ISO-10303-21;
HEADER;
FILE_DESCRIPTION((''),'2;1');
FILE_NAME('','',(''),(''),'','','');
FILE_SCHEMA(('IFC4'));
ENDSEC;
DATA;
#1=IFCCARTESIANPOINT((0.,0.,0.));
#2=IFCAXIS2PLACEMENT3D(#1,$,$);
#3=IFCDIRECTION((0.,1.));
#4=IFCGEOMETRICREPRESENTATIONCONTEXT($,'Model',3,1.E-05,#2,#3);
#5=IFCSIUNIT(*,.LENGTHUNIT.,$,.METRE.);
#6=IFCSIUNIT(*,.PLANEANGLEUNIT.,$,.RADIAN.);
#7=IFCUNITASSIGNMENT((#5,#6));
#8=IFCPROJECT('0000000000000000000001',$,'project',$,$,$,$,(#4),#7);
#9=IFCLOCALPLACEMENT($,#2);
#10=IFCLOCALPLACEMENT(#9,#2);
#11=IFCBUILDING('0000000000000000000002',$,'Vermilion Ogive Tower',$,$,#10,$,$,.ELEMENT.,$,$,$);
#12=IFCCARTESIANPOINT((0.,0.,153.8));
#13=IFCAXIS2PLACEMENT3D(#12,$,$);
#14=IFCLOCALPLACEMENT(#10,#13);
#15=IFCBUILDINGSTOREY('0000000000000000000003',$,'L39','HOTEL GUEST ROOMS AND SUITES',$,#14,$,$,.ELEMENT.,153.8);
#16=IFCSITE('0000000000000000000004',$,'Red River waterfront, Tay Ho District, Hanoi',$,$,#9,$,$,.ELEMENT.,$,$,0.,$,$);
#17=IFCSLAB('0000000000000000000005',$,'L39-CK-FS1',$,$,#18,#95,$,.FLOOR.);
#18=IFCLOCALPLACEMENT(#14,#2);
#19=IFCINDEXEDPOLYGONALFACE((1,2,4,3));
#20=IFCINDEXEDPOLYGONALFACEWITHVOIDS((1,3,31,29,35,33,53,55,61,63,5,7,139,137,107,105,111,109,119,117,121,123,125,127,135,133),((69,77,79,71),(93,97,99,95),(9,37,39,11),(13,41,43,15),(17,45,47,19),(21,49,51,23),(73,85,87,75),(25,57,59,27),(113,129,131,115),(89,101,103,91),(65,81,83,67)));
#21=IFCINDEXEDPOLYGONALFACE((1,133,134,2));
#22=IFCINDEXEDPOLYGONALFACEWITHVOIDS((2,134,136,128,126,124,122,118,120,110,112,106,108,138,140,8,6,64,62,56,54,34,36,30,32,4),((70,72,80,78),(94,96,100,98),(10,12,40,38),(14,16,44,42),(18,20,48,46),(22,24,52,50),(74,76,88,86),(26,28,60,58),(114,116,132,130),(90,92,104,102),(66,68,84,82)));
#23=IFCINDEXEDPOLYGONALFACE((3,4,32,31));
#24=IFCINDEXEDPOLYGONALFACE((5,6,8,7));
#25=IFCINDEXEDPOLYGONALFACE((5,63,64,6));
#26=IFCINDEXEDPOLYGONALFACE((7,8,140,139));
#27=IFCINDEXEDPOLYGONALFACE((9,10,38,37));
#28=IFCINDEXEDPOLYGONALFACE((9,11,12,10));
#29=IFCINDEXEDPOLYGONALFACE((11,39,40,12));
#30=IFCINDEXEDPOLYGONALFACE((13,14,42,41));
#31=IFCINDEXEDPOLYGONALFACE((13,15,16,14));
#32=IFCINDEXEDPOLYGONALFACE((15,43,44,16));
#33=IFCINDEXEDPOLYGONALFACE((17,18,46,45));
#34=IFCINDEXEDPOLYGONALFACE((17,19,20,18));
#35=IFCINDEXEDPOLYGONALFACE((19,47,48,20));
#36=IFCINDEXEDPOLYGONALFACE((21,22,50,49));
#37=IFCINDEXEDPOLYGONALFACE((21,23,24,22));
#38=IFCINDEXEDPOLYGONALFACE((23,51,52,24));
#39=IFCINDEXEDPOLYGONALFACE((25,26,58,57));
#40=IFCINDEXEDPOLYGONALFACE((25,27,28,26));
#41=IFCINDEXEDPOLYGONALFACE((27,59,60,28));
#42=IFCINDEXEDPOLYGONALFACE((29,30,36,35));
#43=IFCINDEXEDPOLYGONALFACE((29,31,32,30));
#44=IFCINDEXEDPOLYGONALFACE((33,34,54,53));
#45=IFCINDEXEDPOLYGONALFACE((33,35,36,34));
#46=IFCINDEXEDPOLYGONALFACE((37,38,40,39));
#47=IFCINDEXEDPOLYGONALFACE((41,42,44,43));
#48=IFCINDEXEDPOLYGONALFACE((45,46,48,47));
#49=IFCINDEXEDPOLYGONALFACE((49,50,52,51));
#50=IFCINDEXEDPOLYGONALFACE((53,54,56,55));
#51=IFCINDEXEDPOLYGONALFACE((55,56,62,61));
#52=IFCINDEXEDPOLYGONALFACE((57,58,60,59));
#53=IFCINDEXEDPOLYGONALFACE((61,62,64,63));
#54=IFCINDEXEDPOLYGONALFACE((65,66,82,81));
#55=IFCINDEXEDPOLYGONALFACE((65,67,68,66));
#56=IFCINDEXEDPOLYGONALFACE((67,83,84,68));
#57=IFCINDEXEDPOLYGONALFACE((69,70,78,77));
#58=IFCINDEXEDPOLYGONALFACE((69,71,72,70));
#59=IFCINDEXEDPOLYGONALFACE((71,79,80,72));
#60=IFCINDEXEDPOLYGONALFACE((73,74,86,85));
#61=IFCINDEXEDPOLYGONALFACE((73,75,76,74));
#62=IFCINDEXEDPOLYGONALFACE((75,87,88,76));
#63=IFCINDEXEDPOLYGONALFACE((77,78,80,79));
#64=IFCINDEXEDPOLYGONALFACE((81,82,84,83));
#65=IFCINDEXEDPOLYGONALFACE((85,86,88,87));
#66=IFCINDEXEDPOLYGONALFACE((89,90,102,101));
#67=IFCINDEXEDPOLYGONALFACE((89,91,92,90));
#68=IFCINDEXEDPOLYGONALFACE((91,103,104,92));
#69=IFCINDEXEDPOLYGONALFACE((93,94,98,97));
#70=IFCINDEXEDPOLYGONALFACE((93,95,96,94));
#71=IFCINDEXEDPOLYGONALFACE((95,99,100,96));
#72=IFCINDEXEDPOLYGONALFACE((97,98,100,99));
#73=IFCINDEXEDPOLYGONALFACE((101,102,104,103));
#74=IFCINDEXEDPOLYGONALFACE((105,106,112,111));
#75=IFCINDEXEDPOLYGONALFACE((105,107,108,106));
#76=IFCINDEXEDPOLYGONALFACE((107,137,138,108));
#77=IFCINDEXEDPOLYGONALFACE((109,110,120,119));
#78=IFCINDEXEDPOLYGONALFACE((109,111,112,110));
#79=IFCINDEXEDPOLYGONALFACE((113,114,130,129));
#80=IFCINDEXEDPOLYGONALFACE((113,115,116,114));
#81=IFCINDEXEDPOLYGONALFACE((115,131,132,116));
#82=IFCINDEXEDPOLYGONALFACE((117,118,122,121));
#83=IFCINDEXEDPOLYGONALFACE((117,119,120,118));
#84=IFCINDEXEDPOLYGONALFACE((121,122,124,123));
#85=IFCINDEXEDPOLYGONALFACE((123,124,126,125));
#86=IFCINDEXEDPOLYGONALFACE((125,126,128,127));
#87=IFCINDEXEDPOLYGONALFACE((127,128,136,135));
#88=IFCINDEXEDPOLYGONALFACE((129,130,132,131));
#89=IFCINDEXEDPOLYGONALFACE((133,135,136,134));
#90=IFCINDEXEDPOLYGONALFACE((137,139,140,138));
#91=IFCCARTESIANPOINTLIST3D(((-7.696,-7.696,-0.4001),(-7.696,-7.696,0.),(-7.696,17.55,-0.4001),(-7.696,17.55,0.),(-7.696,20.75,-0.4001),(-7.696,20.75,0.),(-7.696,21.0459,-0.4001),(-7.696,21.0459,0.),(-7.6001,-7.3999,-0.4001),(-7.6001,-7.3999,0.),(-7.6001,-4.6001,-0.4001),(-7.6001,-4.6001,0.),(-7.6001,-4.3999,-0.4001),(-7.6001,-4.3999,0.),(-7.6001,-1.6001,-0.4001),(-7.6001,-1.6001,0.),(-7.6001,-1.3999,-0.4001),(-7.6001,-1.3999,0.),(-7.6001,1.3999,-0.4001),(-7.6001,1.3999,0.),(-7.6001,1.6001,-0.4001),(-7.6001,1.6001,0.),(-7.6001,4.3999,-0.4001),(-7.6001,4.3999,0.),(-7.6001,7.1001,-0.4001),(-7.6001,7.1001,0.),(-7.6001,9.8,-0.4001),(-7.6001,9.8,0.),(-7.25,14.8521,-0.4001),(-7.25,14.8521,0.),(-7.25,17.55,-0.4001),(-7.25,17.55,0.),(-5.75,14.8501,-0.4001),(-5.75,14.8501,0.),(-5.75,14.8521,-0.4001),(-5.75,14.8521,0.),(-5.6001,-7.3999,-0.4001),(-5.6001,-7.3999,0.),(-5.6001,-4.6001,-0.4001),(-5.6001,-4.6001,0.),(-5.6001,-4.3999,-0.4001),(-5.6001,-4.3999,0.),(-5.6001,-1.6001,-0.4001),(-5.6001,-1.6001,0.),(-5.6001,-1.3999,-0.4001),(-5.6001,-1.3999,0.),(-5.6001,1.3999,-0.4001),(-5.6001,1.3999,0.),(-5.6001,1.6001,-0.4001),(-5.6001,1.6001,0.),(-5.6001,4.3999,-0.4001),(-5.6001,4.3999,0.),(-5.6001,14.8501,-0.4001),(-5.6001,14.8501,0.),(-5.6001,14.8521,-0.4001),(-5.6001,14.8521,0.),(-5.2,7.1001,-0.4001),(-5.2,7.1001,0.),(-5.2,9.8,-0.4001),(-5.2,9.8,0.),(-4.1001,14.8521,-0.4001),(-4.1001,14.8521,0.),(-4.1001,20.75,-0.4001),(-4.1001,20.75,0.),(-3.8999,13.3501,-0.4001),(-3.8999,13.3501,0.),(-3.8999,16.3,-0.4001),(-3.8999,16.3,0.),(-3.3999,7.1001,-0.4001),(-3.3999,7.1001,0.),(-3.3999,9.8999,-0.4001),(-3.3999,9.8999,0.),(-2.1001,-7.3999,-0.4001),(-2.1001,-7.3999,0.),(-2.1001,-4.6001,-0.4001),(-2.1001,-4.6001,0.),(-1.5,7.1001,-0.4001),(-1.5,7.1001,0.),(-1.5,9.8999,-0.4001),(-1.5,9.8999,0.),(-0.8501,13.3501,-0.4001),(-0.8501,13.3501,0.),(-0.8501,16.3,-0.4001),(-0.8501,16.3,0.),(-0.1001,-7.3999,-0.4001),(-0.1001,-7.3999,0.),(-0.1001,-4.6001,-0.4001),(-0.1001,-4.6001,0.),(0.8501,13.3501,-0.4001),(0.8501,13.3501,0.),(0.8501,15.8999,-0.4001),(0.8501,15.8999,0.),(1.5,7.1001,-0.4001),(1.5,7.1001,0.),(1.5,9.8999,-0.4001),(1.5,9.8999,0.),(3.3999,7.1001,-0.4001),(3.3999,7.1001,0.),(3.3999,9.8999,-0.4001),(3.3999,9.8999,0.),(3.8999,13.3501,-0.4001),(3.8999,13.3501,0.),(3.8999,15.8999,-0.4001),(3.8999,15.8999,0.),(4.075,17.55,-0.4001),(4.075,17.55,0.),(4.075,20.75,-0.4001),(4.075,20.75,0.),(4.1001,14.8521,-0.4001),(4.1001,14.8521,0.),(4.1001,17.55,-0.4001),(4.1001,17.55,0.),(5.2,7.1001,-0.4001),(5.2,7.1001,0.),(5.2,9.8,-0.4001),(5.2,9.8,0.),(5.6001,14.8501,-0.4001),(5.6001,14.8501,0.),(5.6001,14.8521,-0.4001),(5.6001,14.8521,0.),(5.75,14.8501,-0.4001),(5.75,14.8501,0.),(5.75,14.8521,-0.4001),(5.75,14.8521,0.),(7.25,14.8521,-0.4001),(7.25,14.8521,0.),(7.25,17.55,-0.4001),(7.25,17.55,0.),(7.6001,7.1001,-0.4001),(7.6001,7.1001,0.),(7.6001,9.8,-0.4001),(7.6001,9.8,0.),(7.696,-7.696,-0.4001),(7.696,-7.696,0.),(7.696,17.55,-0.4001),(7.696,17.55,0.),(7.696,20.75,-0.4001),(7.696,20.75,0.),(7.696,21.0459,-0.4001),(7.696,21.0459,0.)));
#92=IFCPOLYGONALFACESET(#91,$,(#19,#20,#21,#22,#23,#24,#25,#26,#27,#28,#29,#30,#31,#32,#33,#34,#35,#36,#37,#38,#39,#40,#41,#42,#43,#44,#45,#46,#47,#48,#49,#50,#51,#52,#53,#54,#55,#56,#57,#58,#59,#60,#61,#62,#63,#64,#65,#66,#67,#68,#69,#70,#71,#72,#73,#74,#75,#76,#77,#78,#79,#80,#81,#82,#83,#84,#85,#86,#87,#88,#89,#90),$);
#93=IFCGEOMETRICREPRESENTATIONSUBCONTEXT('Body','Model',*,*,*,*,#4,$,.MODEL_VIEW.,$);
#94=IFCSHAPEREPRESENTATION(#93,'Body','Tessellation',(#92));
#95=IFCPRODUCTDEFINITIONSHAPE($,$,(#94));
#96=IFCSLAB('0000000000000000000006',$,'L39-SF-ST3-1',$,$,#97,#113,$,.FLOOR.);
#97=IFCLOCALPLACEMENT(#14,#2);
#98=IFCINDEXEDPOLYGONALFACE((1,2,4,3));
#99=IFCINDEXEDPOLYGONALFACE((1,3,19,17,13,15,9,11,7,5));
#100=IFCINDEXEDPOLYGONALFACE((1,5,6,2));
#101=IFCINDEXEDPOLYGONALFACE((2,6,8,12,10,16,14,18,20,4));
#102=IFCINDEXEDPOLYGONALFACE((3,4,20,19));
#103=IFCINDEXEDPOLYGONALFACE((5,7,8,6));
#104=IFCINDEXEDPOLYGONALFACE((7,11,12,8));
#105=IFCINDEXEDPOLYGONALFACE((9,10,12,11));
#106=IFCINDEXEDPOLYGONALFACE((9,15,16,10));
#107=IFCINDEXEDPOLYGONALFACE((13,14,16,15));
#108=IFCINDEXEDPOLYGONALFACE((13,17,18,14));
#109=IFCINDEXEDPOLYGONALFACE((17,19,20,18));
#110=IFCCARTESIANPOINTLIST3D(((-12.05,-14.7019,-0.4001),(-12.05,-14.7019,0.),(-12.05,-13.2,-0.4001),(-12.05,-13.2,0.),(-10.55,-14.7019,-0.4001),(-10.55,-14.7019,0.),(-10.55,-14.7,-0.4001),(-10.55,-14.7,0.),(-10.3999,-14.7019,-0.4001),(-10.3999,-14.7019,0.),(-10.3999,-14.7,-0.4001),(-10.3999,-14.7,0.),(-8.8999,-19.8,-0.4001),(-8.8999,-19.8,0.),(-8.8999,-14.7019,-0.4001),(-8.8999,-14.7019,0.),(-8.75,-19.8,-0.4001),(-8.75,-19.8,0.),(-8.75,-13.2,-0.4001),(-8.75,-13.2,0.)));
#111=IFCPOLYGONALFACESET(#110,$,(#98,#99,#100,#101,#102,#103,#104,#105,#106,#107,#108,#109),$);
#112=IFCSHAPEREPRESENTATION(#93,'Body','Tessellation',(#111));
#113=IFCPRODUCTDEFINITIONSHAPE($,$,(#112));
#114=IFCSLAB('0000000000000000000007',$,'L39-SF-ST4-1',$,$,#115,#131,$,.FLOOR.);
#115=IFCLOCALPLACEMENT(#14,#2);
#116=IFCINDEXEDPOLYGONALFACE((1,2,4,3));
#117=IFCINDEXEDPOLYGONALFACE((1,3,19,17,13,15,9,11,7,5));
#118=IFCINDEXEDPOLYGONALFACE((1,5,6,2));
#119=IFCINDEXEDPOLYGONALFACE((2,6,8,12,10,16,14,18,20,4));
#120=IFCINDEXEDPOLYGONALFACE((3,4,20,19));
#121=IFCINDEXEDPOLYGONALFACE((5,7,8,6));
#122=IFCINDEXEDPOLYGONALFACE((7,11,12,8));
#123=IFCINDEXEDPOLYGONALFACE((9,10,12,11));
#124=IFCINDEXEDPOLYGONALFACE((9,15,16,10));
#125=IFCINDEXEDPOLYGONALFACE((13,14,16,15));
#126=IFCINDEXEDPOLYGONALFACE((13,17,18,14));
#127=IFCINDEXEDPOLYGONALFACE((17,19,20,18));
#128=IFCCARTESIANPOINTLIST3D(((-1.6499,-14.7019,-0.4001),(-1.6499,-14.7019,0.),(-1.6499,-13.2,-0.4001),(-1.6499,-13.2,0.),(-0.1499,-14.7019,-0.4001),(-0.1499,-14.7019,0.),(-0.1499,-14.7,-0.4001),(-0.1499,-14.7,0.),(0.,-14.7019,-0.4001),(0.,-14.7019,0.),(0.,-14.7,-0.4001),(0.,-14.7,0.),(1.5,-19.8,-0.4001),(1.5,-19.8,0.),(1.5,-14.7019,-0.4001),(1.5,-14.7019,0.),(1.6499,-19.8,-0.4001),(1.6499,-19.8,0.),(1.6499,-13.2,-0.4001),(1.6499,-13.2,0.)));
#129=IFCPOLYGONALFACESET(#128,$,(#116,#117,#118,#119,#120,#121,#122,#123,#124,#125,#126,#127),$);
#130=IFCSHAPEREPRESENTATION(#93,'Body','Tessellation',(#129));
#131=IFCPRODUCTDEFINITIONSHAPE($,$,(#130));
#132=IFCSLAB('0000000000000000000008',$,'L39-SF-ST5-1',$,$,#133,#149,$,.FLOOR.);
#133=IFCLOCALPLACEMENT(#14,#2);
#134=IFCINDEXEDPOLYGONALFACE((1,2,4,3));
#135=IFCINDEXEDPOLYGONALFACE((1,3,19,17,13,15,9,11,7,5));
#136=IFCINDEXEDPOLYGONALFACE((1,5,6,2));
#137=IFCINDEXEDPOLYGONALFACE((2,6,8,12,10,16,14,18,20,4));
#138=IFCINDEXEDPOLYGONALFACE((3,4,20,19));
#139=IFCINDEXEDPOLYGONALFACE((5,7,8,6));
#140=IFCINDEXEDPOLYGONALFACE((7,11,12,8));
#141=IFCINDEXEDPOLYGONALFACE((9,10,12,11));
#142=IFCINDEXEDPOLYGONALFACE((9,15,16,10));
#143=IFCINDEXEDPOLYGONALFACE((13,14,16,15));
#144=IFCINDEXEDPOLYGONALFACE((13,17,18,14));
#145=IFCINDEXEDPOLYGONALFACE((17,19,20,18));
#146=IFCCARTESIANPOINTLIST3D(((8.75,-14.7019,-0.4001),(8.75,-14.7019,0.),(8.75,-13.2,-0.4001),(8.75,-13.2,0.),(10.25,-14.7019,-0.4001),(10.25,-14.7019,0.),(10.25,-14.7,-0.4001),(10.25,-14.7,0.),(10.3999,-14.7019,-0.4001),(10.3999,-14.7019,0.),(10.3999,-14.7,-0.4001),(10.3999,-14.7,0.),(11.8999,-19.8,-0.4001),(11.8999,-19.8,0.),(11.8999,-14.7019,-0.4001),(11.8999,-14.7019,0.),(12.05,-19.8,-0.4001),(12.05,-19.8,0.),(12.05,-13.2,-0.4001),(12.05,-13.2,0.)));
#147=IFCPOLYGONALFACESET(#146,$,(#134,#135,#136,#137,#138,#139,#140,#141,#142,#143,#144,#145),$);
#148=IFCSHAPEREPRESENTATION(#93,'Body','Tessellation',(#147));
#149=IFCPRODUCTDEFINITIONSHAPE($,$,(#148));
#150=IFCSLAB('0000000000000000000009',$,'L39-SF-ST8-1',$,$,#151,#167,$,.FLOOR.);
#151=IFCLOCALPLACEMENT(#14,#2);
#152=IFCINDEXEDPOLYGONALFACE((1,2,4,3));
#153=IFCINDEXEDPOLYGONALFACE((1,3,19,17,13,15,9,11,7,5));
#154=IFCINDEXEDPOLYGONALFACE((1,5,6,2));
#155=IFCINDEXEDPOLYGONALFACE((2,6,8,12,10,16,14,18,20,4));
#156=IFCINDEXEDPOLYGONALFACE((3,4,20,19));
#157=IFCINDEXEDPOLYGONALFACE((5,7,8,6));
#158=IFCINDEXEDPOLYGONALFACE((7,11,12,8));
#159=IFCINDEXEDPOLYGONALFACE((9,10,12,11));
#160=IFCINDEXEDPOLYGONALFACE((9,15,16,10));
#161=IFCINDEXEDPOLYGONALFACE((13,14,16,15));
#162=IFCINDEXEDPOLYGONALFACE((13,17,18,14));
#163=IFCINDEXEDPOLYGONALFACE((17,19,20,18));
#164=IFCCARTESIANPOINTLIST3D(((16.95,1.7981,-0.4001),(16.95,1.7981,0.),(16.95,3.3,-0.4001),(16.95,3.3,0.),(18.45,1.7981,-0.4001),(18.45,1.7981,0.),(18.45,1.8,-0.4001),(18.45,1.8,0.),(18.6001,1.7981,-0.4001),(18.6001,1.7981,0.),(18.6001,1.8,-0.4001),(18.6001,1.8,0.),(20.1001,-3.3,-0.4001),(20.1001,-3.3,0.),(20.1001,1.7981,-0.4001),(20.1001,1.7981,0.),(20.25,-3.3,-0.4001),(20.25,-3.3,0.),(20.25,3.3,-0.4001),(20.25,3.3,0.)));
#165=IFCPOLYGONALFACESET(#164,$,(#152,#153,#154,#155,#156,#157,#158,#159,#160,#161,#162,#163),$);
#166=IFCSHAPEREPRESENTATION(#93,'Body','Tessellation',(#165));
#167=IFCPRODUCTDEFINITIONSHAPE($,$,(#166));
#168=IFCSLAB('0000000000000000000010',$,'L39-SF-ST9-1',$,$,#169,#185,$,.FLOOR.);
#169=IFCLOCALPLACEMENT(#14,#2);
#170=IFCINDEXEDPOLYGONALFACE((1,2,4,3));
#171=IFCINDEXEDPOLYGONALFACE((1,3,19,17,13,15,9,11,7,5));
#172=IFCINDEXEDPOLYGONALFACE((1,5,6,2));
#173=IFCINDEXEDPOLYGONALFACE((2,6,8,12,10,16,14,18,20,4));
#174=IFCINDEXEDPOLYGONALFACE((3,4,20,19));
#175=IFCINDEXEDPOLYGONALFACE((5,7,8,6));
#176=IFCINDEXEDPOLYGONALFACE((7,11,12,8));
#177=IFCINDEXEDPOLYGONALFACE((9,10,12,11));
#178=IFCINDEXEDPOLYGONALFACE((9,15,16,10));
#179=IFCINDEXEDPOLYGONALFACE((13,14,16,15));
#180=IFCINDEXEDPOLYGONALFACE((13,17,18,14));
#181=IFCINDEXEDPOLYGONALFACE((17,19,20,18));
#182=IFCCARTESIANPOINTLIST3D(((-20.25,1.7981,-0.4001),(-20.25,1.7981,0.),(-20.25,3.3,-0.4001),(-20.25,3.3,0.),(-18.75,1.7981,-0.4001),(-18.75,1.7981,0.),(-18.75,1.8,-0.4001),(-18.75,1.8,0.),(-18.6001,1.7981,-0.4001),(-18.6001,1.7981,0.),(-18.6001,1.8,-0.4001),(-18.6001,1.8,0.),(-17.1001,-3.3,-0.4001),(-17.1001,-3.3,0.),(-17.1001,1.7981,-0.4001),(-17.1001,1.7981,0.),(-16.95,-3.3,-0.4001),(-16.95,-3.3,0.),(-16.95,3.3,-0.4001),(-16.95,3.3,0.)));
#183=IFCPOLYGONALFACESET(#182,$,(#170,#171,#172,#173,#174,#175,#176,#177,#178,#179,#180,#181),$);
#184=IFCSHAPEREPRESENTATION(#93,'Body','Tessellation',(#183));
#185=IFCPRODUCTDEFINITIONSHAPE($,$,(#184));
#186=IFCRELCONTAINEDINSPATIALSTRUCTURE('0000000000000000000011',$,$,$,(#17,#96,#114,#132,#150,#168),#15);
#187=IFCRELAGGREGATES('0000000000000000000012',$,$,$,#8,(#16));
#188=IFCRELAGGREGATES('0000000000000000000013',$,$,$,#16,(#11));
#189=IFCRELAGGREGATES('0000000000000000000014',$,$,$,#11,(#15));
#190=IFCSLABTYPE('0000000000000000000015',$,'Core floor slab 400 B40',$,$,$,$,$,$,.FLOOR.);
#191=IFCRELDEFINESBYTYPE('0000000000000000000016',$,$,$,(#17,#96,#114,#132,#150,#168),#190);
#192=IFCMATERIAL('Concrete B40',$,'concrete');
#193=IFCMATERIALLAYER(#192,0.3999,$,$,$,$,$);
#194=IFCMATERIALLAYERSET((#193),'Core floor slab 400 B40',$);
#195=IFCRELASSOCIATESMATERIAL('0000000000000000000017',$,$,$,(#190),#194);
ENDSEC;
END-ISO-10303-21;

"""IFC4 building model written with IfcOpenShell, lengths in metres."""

from ifc_helpers import new_model, si_unit, direction, frame, origin, place, context, subcontext, project, spatial, polyline, outline, extrude, material, layer, layer_set, type_object, element, save


model = new_model("IFC4")

# Units and contexts
model_context = context("Model", 3, precision=1e-05, world=origin(), true_north=direction((0.0, 1.0)))
body_context = subcontext(model_context, "Body", "Model", "MODEL_VIEW")
ifc_project = project(units=[si_unit("LENGTHUNIT", "METRE"), si_unit("PLANEANGLEUNIT", "RADIAN")], contexts=[model_context])

# Site, building, storey
site_placement = place(None, origin())
site = spatial("IfcSite", under=ifc_project, at=site_placement, Name="Red River waterfront, Tay Ho District, Hanoi", CompositionType="ELEMENT", RefElevation=0.0)
building_placement = place(site_placement, origin())
building = spatial("IfcBuilding", under=site, at=building_placement, Name="Vermilion Ogive Tower", CompositionType="ELEMENT")
storey_placement = place(building_placement, frame((0.0, 0.0, 153.8)))
storey = spatial("IfcBuildingStorey", under=building, at=storey_placement, Name="L39", Description="HOTEL GUEST ROOMS AND SUITES", CompositionType="ELEMENT", Elevation=153.8)

# Slabs
ifc_material_1 = material(Name="Concrete B40", Category="concrete")
ifc_layer_1 = layer(ifc_material_1, 0.3999)
ifc_layer_set_1 = layer_set([ifc_layer_1], Name="Core floor slab 400 B40")
slab_type_1 = type_object("IfcSlabType", Name="Core floor slab 400 B40", PredefinedType="FLOOR", material=ifc_layer_set_1)
slab_1_placement = place(storey_placement, frame((0.0, 0.0, -0.4001)))
element("IfcSlab", 1, at=slab_1_placement, inside=storey, type_object=slab_type_1, Name="L39-CK-FS1", PredefinedType="FLOOR", context=body_context, shape_type="SweptSolid", body=[
    extrude(outline(polyline([(5.75, 14.8501), (5.6001, 14.8501), (5.6001, 14.8521), (4.1001, 14.8521), (4.1001, 17.55), (4.075, 17.55), (4.075, 20.75), (7.696, 20.75), (7.696, 21.0459), (-7.696, 21.0459), (-7.696, 20.75), (-4.1001, 20.75), (-4.1001, 14.8521), (-5.6001, 14.8521), (-5.6001, 14.8501), (-5.75, 14.8501), (-5.75, 14.8521), (-7.25, 14.8521), (-7.25, 17.55), (-7.696, 17.55), (-7.696, -7.696), (7.696, -7.696), (7.696, 17.55), (7.25, 17.55), (7.25, 14.8521), (5.75, 14.8521), (5.75, 14.8501)]), holes=[polyline([(-7.6001, -7.3999), (-7.6001, -4.6001), (-5.6001, -4.6001), (-5.6001, -7.3999), (-7.6001, -7.3999)]), polyline([(-7.6001, -4.3999), (-7.6001, -1.6001), (-5.6001, -1.6001), (-5.6001, -4.3999), (-7.6001, -4.3999)]), polyline([(-7.6001, -1.3999), (-7.6001, 1.3999), (-5.6001, 1.3999), (-5.6001, -1.3999), (-7.6001, -1.3999)]), polyline([(-7.6001, 1.6001), (-7.6001, 4.3999), (-5.6001, 4.3999), (-5.6001, 1.6001), (-7.6001, 1.6001)]), polyline([(-7.6001, 7.1001), (-7.6001, 9.8), (-5.2, 9.8), (-5.2, 7.1001), (-7.6001, 7.1001)]), polyline([(-3.3999, 9.8999), (-1.5, 9.8999), (-1.5, 7.1001), (-3.3999, 7.1001), (-3.3999, 9.8999)]), polyline([(-2.1001, -7.3999), (-2.1001, -4.6001), (-0.1001, -4.6001), (-0.1001, -7.3999), (-2.1001, -7.3999)]), polyline([(5.2, 7.1001), (5.2, 9.8), (7.6001, 9.8), (7.6001, 7.1001), (5.2, 7.1001)]), polyline([(1.5, 7.1001), (1.5, 9.8999), (3.3999, 9.8999), (3.3999, 7.1001), (1.5, 7.1001)]), polyline([(0.8501, 13.3501), (0.8501, 15.8999), (3.8999, 15.8999), (3.8999, 13.3501), (0.8501, 13.3501)]), polyline([(-3.8999, 16.3), (-0.8501, 16.3), (-0.8501, 13.3501), (-3.8999, 13.3501), (-3.8999, 16.3)])]), origin(), (0.0, 0.0, 1.0), 0.4001),
])
slab_2_placement = place(storey_placement, frame((0.0, 0.0, -0.4001)))
element("IfcSlab", 2, at=slab_2_placement, inside=storey, type_object=slab_type_1, Name="L39-SF-ST3-1", PredefinedType="FLOOR", context=body_context, shape_type="SweptSolid", body=[
    extrude(outline(polyline([(-12.05, -13.2), (-12.05, -14.7019), (-10.55, -14.7019), (-10.55, -14.7), (-10.3999, -14.7), (-10.3999, -14.7019), (-8.8999, -14.7019), (-8.8999, -19.8), (-8.75, -19.8), (-8.75, -13.2), (-12.05, -13.2)])), origin(), (0.0, 0.0, 1.0), 0.4001),
])
slab_3_placement = place(storey_placement, frame((0.0, 0.0, -0.4001)))
element("IfcSlab", 3, at=slab_3_placement, inside=storey, type_object=slab_type_1, Name="L39-SF-ST4-1", PredefinedType="FLOOR", context=body_context, shape_type="SweptSolid", body=[
    extrude(outline(polyline([(-1.6499, -13.2), (-1.6499, -14.7019), (-0.1499, -14.7019), (-0.1499, -14.7), (0.0, -14.7), (0.0, -14.7019), (1.5, -14.7019), (1.5, -19.8), (1.6499, -19.8), (1.6499, -13.2), (-1.6499, -13.2)])), origin(), (0.0, 0.0, 1.0), 0.4001),
])
slab_4_placement = place(storey_placement, frame((0.0, 0.0, -0.4001)))
element("IfcSlab", 4, at=slab_4_placement, inside=storey, type_object=slab_type_1, Name="L39-SF-ST5-1", PredefinedType="FLOOR", context=body_context, shape_type="SweptSolid", body=[
    extrude(outline(polyline([(8.75, -13.2), (8.75, -14.7019), (10.25, -14.7019), (10.25, -14.7), (10.3999, -14.7), (10.3999, -14.7019), (11.8999, -14.7019), (11.8999, -19.8), (12.05, -19.8), (12.05, -13.2), (8.75, -13.2)])), origin(), (0.0, 0.0, 1.0), 0.4001),
])
slab_5_placement = place(storey_placement, frame((0.0, 0.0, -0.4001)))
element("IfcSlab", 5, at=slab_5_placement, inside=storey, type_object=slab_type_1, Name="L39-SF-ST8-1", PredefinedType="FLOOR", context=body_context, shape_type="SweptSolid", body=[
    extrude(outline(polyline([(16.95, 3.3), (16.95, 1.7981), (18.45, 1.7981), (18.45, 1.8), (18.6001, 1.8), (18.6001, 1.7981), (20.1001, 1.7981), (20.1001, -3.3), (20.25, -3.3), (20.25, 3.3), (16.95, 3.3)])), origin(), (0.0, 0.0, 1.0), 0.4001),
])
slab_6_placement = place(storey_placement, frame((0.0, 0.0, -0.4001)))
element("IfcSlab", 6, at=slab_6_placement, inside=storey, type_object=slab_type_1, Name="L39-SF-ST9-1", PredefinedType="FLOOR", context=body_context, shape_type="SweptSolid", body=[
    extrude(outline(polyline([(-20.25, 3.3), (-20.25, 1.7981), (-18.75, 1.7981), (-18.75, 1.8), (-18.6001, 1.8), (-18.6001, 1.7981), (-17.1001, 1.7981), (-17.1001, -3.3), (-16.95, -3.3), (-16.95, 3.3), (-20.25, 3.3)])), origin(), (0.0, 0.0, 1.0), 0.4001),
])

save(model, "model.ifc")
